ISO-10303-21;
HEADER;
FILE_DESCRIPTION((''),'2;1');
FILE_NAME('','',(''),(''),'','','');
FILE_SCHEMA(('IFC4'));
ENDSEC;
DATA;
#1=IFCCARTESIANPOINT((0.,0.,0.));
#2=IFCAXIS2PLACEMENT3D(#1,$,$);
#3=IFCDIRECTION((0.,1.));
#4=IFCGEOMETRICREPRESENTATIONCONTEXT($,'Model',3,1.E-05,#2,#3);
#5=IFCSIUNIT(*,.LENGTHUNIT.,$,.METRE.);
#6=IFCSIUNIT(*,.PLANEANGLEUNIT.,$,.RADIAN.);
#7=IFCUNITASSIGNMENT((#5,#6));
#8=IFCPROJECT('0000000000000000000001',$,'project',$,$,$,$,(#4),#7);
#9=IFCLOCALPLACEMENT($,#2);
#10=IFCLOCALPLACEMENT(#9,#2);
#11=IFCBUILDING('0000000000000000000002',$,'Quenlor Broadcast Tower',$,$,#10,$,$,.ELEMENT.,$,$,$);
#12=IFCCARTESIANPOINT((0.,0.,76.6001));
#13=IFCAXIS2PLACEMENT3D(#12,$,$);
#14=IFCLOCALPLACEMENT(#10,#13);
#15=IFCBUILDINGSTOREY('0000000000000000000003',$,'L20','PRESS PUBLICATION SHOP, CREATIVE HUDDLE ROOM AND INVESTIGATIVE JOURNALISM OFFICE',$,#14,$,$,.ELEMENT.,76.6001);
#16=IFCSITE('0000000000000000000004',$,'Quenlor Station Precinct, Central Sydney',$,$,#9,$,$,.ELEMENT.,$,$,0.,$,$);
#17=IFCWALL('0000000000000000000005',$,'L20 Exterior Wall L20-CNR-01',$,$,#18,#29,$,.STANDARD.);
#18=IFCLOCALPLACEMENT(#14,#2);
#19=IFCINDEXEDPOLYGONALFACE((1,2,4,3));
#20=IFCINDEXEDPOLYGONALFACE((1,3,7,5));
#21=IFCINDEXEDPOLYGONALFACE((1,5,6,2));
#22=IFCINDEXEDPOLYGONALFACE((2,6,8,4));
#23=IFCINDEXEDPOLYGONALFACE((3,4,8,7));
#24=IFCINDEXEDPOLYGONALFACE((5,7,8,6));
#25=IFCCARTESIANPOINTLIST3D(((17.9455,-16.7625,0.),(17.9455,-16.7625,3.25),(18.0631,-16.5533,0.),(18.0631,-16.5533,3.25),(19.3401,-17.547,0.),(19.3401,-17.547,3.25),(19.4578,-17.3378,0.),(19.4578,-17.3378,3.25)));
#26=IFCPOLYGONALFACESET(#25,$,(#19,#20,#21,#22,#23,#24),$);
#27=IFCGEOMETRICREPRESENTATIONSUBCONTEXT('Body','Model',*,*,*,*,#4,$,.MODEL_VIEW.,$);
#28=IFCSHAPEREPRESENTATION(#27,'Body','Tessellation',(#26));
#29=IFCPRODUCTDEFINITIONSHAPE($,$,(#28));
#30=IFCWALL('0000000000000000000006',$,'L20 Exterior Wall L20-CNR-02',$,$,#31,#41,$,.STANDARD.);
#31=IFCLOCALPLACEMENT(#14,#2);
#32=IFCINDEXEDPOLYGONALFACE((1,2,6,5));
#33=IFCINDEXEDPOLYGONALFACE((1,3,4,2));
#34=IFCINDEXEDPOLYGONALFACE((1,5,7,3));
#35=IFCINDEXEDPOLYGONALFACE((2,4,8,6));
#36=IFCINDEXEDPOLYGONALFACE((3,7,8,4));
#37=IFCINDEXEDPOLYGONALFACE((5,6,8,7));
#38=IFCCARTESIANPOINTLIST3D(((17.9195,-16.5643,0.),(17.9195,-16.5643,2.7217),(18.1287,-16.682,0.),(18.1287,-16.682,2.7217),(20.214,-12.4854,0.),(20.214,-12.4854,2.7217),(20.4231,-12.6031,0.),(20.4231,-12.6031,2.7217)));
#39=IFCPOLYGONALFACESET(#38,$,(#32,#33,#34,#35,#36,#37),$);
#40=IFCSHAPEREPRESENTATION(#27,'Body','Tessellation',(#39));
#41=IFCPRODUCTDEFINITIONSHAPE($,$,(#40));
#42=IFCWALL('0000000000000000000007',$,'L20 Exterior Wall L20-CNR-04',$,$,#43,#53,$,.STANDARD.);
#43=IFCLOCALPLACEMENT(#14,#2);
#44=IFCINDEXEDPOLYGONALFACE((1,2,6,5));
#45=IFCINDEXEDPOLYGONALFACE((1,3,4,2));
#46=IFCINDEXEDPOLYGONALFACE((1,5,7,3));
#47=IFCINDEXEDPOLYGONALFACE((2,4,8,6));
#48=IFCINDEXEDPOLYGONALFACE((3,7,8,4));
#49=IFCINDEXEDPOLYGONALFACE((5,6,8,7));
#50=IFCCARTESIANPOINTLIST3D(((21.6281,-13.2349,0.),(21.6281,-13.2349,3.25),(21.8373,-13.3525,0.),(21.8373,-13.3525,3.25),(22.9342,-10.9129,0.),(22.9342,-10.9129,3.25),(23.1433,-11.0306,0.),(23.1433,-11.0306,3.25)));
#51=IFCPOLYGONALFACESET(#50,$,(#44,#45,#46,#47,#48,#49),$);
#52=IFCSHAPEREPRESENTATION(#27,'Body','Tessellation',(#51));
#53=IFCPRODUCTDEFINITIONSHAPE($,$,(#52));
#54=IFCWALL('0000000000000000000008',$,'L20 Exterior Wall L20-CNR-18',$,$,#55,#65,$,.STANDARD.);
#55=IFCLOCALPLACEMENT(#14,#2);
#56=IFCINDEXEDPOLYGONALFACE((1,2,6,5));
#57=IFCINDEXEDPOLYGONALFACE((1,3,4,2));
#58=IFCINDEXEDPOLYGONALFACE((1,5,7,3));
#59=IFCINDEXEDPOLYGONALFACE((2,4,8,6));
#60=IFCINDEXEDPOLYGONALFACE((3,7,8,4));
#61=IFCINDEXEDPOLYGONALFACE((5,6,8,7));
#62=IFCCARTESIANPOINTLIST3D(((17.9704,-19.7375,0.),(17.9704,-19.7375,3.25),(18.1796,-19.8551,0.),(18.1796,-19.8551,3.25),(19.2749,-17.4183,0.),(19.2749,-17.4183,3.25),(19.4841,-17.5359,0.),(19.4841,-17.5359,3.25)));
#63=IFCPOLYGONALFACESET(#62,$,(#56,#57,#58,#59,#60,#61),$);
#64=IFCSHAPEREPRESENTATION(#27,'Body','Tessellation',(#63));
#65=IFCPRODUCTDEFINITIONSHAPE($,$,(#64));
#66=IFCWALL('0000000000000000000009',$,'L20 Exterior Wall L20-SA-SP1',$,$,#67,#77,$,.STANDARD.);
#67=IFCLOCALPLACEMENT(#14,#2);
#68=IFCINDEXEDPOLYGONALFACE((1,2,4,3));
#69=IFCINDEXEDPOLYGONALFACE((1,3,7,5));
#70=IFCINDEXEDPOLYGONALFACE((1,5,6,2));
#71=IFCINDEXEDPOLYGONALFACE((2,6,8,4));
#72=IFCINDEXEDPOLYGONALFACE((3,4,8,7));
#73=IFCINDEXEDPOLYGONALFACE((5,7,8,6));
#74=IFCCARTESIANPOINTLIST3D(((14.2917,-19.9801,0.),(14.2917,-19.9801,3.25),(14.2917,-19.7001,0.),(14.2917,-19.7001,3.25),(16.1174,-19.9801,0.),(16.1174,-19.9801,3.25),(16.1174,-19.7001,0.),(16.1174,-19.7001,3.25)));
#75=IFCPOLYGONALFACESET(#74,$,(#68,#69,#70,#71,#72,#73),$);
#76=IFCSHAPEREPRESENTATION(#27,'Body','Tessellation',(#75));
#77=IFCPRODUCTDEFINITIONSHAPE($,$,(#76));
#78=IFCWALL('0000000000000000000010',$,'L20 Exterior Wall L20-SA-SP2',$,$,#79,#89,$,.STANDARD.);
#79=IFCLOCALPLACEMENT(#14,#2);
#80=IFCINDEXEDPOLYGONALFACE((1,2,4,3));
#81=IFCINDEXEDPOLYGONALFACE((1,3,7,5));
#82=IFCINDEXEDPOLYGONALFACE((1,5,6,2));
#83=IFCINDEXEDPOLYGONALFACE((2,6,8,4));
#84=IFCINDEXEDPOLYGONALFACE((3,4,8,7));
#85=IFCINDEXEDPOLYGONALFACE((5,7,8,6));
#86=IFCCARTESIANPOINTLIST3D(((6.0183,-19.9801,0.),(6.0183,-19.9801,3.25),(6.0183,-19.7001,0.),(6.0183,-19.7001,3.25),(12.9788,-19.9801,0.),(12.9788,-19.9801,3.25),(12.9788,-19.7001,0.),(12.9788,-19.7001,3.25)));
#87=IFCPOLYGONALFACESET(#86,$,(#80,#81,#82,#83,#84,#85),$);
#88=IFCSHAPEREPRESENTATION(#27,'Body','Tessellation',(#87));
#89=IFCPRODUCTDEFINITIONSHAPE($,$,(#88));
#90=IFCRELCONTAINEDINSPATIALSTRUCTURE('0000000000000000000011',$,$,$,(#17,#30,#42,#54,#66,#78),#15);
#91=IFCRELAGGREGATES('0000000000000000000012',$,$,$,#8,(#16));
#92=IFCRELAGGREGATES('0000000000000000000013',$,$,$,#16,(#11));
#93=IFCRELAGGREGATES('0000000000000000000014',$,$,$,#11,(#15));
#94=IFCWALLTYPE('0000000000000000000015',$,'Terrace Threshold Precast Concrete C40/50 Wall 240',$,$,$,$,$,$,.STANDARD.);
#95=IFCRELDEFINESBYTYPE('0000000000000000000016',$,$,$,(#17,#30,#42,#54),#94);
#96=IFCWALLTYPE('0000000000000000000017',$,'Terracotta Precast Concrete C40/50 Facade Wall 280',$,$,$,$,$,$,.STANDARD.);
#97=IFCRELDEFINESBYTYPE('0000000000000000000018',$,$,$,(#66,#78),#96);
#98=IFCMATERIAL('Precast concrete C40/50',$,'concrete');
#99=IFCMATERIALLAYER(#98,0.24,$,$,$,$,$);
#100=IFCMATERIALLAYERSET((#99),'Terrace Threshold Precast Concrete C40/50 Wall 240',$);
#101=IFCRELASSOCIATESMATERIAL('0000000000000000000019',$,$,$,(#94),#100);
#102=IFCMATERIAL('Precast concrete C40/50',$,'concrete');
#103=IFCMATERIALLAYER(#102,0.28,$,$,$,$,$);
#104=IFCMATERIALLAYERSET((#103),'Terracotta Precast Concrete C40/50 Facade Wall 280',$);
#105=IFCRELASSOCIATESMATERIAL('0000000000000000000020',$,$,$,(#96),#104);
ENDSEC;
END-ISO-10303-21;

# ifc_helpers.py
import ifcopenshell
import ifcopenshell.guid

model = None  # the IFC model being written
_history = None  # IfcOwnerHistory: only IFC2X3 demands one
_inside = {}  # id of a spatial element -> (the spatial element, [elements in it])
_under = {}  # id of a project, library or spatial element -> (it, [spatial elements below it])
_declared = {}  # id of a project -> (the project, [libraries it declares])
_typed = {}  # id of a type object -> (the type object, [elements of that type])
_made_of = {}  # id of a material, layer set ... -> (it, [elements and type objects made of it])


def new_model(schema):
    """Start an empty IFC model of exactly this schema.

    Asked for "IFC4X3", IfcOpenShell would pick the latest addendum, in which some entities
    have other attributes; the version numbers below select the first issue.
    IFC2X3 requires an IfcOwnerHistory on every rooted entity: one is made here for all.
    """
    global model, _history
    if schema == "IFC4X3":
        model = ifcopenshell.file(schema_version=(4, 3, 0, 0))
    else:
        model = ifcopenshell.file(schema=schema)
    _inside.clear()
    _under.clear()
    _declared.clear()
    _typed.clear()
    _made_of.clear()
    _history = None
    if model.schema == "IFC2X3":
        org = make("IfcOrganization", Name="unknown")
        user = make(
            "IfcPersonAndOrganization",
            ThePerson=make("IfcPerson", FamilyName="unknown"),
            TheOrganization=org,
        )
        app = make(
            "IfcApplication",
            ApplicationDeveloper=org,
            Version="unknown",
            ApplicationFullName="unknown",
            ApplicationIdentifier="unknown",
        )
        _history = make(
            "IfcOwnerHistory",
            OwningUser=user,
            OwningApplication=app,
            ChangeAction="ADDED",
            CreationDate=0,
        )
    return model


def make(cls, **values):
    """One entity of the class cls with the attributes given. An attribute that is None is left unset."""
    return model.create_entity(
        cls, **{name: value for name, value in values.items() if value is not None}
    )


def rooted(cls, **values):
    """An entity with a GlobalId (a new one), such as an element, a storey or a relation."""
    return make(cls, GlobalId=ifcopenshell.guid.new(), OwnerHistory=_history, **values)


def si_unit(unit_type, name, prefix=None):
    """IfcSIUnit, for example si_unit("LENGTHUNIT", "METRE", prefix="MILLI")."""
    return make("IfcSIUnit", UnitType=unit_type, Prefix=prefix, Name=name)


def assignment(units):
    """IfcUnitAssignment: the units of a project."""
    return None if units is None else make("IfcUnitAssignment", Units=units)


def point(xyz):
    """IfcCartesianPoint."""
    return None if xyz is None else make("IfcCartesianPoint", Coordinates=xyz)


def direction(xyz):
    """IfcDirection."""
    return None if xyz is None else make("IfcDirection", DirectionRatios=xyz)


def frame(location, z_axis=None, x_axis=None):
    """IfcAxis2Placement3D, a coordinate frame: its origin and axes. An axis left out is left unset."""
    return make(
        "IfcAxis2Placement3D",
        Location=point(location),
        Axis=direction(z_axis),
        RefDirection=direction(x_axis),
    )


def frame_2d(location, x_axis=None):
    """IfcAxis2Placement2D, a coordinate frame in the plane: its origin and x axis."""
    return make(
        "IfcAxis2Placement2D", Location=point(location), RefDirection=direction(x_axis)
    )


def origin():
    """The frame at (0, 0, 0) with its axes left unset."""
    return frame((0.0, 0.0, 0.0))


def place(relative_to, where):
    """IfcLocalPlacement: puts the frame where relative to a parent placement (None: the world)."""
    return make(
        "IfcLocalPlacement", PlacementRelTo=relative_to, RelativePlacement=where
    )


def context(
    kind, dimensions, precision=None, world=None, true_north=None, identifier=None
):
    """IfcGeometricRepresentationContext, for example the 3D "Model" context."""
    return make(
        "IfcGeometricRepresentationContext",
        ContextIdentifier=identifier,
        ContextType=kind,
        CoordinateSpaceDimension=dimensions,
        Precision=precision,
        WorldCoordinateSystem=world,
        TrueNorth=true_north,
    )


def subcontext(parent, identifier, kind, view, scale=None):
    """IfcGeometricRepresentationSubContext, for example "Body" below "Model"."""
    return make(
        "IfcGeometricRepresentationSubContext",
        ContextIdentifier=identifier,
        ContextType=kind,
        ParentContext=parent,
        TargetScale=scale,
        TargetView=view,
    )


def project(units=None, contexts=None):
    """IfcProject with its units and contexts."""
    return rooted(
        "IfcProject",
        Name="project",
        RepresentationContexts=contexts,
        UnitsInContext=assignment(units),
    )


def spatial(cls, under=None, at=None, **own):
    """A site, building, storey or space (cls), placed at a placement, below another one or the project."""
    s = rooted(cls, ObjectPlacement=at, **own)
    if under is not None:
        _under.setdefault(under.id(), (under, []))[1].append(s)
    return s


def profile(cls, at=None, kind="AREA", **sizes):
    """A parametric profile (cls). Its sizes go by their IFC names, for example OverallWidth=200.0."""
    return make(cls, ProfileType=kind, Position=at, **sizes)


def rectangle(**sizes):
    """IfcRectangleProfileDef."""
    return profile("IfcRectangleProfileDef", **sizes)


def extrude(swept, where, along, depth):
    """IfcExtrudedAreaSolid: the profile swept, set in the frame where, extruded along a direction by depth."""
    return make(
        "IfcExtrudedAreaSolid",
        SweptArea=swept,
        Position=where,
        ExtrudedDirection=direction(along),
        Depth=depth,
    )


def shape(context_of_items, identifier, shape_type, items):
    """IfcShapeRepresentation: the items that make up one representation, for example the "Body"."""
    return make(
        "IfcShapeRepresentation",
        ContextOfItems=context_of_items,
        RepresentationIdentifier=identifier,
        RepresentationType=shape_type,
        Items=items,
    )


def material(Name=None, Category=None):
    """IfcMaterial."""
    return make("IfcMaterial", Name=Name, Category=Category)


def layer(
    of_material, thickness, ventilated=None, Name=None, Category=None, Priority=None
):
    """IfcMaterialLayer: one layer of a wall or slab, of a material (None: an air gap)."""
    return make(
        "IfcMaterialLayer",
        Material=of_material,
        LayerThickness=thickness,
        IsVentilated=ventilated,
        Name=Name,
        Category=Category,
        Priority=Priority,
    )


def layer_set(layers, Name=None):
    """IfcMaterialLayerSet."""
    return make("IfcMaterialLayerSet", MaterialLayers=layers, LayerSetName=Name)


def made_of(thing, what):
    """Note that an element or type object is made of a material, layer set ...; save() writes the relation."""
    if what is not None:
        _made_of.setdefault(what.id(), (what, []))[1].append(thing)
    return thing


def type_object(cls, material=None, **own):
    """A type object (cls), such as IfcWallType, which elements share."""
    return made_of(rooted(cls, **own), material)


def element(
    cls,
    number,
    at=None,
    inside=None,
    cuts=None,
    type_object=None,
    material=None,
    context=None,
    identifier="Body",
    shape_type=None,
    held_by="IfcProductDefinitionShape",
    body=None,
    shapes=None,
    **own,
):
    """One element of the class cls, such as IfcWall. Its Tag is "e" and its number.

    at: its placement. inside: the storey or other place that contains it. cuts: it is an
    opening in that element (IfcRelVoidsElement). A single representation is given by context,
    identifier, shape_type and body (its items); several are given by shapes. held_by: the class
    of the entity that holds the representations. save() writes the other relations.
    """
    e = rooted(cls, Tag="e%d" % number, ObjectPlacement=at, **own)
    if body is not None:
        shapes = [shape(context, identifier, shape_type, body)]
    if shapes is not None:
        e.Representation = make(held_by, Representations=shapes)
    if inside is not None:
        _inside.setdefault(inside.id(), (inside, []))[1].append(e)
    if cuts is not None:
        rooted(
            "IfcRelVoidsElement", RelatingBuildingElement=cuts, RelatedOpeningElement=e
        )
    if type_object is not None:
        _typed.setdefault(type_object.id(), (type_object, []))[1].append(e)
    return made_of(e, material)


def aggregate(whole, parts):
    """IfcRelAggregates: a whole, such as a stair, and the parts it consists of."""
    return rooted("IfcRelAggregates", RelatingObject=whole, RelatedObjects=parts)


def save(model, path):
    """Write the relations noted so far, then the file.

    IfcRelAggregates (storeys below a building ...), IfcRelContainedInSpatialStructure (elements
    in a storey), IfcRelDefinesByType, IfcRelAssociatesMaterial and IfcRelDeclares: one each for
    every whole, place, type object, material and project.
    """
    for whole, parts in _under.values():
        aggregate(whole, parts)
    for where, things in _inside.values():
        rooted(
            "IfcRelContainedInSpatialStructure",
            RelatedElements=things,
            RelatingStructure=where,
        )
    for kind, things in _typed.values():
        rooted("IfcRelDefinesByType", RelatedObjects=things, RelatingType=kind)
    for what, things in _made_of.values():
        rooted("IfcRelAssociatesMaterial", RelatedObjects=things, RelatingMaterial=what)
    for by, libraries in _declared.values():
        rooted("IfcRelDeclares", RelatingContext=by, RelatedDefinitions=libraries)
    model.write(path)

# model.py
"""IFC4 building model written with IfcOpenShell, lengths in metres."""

from ifc_helpers import new_model, si_unit, direction, frame, frame_2d, origin, place, context, subcontext, project, spatial, rectangle, extrude, material, layer, layer_set, type_object, element, save


model = new_model("IFC4")

# Units and contexts
model_context = context("Model", 3, precision=1e-05, world=origin(), true_north=direction((0.0, 1.0)))
body_context = subcontext(model_context, "Body", "Model", "MODEL_VIEW")
ifc_project = project(units=[si_unit("LENGTHUNIT", "METRE"), si_unit("PLANEANGLEUNIT", "RADIAN")], contexts=[model_context])

# Site, building, storey
site_placement = place(None, origin())
site = spatial("IfcSite", under=ifc_project, at=site_placement, Name="Quenlor Station Precinct, Central Sydney", CompositionType="ELEMENT", RefElevation=0.0)
building_placement = place(site_placement, origin())
building = spatial("IfcBuilding", under=site, at=building_placement, Name="Quenlor Broadcast Tower", CompositionType="ELEMENT")
storey_placement = place(building_placement, frame((0.0, 0.0, 76.6001)))
storey = spatial("IfcBuildingStorey", under=building, at=storey_placement, Name="L20", Description="PRESS PUBLICATION SHOP, CREATIVE HUDDLE ROOM AND INVESTIGATIVE JOURNALISM OFFICE", CompositionType="ELEMENT", Elevation=76.6001)

# Walls
ifc_material_1 = material(Name="Precast concrete C40/50", Category="concrete")
ifc_layer_1 = layer(ifc_material_1, 0.24)
ifc_layer_set_1 = layer_set([ifc_layer_1], Name="Terrace Threshold Precast Concrete C40/50 Wall 240")
wall_type_1 = type_object("IfcWallType", Name="Terrace Threshold Precast Concrete C40/50 Wall 240", PredefinedType="STANDARD", material=ifc_layer_set_1)
wall_1_placement = place(storey_placement, frame((19.3989, -17.4424, 0.0), z_axis=(0.0, 0.0, 1.0), x_axis=(-0.871576, 0.490261, 0.0)))
element("IfcWall", 1, at=wall_1_placement, inside=storey, type_object=wall_type_1, Name="L20 Exterior Wall L20-CNR-01", PredefinedType="STANDARD", context=body_context, shape_type="SweptSolid", body=[
    extrude(rectangle(XDim=1.6001, YDim=0.24, at=frame_2d((0.8, 0.0))), origin(), (0.0, 0.0, 1.0), 3.25),
])
wall_2_placement = place(storey_placement, frame((18.0242, -16.623, 0.0), z_axis=(0.0, 0.0, 1.0), x_axis=(0.490274, 0.871569, 0.0)))
element("IfcWall", 2, at=wall_2_placement, inside=storey, type_object=wall_type_1, Name="L20 Exterior Wall L20-CNR-02", PredefinedType="STANDARD", context=body_context, shape_type="SweptSolid", body=[
    extrude(rectangle(XDim=4.6799, YDim=0.24, at=frame_2d((2.3398, 0.0))), origin(), (0.0, 0.0, 1.0), 2.7217),
])
wall_3_placement = place(storey_placement, frame((21.7327, -13.2937, 0.0), z_axis=(0.0, 0.0, 1.0), x_axis=(0.490266, 0.871573, 0.0)))
element("IfcWall", 3, at=wall_3_placement, inside=storey, type_object=wall_type_1, Name="L20 Exterior Wall L20-CNR-04", PredefinedType="STANDARD", context=body_context, shape_type="SweptSolid", body=[
    extrude(rectangle(XDim=2.6641, YDim=0.24, at=frame_2d((1.332, 0.0))), origin(), (0.0, 0.0, 1.0), 3.25),
])
wall_4_placement = place(storey_placement, frame((18.075, -19.7964, 0.0), z_axis=(0.0, 0.0, 1.0), x_axis=(0.490248, 0.871583, 0.0)))
element("IfcWall", 4, at=wall_4_placement, inside=storey, type_object=wall_type_1, Name="L20 Exterior Wall L20-CNR-18", PredefinedType="STANDARD", context=body_context, shape_type="SweptSolid", body=[
    extrude(rectangle(XDim=2.6609, YDim=0.24, at=frame_2d((1.3306, 0.0))), origin(), (0.0, 0.0, 1.0), 3.25),
])
ifc_material_2 = material(Name="Precast concrete C40/50", Category="concrete")
ifc_layer_2 = layer(ifc_material_2, 0.28)
ifc_layer_set_2 = layer_set([ifc_layer_2], Name="Terracotta Precast Concrete C40/50 Facade Wall 280")
wall_type_2 = type_object("IfcWallType", Name="Terracotta Precast Concrete C40/50 Facade Wall 280", PredefinedType="STANDARD", material=ifc_layer_set_2)
wall_5_placement = place(storey_placement, frame((16.1174, -19.8401, 0.0), z_axis=(0.0, 0.0, 1.0), x_axis=(-1.0, 0.0, 0.0)))
element("IfcWall", 5, at=wall_5_placement, inside=storey, type_object=wall_type_2, Name="L20 Exterior Wall L20-SA-SP1", PredefinedType="STANDARD", context=body_context, shape_type="SweptSolid", body=[
    extrude(rectangle(XDim=1.8257, YDim=0.28, at=frame_2d((0.9128, 0.0))), origin(), (0.0, 0.0, 1.0), 3.25),
])
wall_6_placement = place(storey_placement, frame((12.9788, -19.8401, 0.0), z_axis=(0.0, 0.0, 1.0), x_axis=(-1.0, 0.0, 0.0)))
element("IfcWall", 6, at=wall_6_placement, inside=storey, type_object=wall_type_2, Name="L20 Exterior Wall L20-SA-SP2", PredefinedType="STANDARD", context=body_context, shape_type="SweptSolid", body=[
    extrude(rectangle(XDim=6.9604, YDim=0.28, at=frame_2d((3.4802, 0.0))), origin(), (0.0, 0.0, 1.0), 3.25),
])

save(model, "model.ifc")
